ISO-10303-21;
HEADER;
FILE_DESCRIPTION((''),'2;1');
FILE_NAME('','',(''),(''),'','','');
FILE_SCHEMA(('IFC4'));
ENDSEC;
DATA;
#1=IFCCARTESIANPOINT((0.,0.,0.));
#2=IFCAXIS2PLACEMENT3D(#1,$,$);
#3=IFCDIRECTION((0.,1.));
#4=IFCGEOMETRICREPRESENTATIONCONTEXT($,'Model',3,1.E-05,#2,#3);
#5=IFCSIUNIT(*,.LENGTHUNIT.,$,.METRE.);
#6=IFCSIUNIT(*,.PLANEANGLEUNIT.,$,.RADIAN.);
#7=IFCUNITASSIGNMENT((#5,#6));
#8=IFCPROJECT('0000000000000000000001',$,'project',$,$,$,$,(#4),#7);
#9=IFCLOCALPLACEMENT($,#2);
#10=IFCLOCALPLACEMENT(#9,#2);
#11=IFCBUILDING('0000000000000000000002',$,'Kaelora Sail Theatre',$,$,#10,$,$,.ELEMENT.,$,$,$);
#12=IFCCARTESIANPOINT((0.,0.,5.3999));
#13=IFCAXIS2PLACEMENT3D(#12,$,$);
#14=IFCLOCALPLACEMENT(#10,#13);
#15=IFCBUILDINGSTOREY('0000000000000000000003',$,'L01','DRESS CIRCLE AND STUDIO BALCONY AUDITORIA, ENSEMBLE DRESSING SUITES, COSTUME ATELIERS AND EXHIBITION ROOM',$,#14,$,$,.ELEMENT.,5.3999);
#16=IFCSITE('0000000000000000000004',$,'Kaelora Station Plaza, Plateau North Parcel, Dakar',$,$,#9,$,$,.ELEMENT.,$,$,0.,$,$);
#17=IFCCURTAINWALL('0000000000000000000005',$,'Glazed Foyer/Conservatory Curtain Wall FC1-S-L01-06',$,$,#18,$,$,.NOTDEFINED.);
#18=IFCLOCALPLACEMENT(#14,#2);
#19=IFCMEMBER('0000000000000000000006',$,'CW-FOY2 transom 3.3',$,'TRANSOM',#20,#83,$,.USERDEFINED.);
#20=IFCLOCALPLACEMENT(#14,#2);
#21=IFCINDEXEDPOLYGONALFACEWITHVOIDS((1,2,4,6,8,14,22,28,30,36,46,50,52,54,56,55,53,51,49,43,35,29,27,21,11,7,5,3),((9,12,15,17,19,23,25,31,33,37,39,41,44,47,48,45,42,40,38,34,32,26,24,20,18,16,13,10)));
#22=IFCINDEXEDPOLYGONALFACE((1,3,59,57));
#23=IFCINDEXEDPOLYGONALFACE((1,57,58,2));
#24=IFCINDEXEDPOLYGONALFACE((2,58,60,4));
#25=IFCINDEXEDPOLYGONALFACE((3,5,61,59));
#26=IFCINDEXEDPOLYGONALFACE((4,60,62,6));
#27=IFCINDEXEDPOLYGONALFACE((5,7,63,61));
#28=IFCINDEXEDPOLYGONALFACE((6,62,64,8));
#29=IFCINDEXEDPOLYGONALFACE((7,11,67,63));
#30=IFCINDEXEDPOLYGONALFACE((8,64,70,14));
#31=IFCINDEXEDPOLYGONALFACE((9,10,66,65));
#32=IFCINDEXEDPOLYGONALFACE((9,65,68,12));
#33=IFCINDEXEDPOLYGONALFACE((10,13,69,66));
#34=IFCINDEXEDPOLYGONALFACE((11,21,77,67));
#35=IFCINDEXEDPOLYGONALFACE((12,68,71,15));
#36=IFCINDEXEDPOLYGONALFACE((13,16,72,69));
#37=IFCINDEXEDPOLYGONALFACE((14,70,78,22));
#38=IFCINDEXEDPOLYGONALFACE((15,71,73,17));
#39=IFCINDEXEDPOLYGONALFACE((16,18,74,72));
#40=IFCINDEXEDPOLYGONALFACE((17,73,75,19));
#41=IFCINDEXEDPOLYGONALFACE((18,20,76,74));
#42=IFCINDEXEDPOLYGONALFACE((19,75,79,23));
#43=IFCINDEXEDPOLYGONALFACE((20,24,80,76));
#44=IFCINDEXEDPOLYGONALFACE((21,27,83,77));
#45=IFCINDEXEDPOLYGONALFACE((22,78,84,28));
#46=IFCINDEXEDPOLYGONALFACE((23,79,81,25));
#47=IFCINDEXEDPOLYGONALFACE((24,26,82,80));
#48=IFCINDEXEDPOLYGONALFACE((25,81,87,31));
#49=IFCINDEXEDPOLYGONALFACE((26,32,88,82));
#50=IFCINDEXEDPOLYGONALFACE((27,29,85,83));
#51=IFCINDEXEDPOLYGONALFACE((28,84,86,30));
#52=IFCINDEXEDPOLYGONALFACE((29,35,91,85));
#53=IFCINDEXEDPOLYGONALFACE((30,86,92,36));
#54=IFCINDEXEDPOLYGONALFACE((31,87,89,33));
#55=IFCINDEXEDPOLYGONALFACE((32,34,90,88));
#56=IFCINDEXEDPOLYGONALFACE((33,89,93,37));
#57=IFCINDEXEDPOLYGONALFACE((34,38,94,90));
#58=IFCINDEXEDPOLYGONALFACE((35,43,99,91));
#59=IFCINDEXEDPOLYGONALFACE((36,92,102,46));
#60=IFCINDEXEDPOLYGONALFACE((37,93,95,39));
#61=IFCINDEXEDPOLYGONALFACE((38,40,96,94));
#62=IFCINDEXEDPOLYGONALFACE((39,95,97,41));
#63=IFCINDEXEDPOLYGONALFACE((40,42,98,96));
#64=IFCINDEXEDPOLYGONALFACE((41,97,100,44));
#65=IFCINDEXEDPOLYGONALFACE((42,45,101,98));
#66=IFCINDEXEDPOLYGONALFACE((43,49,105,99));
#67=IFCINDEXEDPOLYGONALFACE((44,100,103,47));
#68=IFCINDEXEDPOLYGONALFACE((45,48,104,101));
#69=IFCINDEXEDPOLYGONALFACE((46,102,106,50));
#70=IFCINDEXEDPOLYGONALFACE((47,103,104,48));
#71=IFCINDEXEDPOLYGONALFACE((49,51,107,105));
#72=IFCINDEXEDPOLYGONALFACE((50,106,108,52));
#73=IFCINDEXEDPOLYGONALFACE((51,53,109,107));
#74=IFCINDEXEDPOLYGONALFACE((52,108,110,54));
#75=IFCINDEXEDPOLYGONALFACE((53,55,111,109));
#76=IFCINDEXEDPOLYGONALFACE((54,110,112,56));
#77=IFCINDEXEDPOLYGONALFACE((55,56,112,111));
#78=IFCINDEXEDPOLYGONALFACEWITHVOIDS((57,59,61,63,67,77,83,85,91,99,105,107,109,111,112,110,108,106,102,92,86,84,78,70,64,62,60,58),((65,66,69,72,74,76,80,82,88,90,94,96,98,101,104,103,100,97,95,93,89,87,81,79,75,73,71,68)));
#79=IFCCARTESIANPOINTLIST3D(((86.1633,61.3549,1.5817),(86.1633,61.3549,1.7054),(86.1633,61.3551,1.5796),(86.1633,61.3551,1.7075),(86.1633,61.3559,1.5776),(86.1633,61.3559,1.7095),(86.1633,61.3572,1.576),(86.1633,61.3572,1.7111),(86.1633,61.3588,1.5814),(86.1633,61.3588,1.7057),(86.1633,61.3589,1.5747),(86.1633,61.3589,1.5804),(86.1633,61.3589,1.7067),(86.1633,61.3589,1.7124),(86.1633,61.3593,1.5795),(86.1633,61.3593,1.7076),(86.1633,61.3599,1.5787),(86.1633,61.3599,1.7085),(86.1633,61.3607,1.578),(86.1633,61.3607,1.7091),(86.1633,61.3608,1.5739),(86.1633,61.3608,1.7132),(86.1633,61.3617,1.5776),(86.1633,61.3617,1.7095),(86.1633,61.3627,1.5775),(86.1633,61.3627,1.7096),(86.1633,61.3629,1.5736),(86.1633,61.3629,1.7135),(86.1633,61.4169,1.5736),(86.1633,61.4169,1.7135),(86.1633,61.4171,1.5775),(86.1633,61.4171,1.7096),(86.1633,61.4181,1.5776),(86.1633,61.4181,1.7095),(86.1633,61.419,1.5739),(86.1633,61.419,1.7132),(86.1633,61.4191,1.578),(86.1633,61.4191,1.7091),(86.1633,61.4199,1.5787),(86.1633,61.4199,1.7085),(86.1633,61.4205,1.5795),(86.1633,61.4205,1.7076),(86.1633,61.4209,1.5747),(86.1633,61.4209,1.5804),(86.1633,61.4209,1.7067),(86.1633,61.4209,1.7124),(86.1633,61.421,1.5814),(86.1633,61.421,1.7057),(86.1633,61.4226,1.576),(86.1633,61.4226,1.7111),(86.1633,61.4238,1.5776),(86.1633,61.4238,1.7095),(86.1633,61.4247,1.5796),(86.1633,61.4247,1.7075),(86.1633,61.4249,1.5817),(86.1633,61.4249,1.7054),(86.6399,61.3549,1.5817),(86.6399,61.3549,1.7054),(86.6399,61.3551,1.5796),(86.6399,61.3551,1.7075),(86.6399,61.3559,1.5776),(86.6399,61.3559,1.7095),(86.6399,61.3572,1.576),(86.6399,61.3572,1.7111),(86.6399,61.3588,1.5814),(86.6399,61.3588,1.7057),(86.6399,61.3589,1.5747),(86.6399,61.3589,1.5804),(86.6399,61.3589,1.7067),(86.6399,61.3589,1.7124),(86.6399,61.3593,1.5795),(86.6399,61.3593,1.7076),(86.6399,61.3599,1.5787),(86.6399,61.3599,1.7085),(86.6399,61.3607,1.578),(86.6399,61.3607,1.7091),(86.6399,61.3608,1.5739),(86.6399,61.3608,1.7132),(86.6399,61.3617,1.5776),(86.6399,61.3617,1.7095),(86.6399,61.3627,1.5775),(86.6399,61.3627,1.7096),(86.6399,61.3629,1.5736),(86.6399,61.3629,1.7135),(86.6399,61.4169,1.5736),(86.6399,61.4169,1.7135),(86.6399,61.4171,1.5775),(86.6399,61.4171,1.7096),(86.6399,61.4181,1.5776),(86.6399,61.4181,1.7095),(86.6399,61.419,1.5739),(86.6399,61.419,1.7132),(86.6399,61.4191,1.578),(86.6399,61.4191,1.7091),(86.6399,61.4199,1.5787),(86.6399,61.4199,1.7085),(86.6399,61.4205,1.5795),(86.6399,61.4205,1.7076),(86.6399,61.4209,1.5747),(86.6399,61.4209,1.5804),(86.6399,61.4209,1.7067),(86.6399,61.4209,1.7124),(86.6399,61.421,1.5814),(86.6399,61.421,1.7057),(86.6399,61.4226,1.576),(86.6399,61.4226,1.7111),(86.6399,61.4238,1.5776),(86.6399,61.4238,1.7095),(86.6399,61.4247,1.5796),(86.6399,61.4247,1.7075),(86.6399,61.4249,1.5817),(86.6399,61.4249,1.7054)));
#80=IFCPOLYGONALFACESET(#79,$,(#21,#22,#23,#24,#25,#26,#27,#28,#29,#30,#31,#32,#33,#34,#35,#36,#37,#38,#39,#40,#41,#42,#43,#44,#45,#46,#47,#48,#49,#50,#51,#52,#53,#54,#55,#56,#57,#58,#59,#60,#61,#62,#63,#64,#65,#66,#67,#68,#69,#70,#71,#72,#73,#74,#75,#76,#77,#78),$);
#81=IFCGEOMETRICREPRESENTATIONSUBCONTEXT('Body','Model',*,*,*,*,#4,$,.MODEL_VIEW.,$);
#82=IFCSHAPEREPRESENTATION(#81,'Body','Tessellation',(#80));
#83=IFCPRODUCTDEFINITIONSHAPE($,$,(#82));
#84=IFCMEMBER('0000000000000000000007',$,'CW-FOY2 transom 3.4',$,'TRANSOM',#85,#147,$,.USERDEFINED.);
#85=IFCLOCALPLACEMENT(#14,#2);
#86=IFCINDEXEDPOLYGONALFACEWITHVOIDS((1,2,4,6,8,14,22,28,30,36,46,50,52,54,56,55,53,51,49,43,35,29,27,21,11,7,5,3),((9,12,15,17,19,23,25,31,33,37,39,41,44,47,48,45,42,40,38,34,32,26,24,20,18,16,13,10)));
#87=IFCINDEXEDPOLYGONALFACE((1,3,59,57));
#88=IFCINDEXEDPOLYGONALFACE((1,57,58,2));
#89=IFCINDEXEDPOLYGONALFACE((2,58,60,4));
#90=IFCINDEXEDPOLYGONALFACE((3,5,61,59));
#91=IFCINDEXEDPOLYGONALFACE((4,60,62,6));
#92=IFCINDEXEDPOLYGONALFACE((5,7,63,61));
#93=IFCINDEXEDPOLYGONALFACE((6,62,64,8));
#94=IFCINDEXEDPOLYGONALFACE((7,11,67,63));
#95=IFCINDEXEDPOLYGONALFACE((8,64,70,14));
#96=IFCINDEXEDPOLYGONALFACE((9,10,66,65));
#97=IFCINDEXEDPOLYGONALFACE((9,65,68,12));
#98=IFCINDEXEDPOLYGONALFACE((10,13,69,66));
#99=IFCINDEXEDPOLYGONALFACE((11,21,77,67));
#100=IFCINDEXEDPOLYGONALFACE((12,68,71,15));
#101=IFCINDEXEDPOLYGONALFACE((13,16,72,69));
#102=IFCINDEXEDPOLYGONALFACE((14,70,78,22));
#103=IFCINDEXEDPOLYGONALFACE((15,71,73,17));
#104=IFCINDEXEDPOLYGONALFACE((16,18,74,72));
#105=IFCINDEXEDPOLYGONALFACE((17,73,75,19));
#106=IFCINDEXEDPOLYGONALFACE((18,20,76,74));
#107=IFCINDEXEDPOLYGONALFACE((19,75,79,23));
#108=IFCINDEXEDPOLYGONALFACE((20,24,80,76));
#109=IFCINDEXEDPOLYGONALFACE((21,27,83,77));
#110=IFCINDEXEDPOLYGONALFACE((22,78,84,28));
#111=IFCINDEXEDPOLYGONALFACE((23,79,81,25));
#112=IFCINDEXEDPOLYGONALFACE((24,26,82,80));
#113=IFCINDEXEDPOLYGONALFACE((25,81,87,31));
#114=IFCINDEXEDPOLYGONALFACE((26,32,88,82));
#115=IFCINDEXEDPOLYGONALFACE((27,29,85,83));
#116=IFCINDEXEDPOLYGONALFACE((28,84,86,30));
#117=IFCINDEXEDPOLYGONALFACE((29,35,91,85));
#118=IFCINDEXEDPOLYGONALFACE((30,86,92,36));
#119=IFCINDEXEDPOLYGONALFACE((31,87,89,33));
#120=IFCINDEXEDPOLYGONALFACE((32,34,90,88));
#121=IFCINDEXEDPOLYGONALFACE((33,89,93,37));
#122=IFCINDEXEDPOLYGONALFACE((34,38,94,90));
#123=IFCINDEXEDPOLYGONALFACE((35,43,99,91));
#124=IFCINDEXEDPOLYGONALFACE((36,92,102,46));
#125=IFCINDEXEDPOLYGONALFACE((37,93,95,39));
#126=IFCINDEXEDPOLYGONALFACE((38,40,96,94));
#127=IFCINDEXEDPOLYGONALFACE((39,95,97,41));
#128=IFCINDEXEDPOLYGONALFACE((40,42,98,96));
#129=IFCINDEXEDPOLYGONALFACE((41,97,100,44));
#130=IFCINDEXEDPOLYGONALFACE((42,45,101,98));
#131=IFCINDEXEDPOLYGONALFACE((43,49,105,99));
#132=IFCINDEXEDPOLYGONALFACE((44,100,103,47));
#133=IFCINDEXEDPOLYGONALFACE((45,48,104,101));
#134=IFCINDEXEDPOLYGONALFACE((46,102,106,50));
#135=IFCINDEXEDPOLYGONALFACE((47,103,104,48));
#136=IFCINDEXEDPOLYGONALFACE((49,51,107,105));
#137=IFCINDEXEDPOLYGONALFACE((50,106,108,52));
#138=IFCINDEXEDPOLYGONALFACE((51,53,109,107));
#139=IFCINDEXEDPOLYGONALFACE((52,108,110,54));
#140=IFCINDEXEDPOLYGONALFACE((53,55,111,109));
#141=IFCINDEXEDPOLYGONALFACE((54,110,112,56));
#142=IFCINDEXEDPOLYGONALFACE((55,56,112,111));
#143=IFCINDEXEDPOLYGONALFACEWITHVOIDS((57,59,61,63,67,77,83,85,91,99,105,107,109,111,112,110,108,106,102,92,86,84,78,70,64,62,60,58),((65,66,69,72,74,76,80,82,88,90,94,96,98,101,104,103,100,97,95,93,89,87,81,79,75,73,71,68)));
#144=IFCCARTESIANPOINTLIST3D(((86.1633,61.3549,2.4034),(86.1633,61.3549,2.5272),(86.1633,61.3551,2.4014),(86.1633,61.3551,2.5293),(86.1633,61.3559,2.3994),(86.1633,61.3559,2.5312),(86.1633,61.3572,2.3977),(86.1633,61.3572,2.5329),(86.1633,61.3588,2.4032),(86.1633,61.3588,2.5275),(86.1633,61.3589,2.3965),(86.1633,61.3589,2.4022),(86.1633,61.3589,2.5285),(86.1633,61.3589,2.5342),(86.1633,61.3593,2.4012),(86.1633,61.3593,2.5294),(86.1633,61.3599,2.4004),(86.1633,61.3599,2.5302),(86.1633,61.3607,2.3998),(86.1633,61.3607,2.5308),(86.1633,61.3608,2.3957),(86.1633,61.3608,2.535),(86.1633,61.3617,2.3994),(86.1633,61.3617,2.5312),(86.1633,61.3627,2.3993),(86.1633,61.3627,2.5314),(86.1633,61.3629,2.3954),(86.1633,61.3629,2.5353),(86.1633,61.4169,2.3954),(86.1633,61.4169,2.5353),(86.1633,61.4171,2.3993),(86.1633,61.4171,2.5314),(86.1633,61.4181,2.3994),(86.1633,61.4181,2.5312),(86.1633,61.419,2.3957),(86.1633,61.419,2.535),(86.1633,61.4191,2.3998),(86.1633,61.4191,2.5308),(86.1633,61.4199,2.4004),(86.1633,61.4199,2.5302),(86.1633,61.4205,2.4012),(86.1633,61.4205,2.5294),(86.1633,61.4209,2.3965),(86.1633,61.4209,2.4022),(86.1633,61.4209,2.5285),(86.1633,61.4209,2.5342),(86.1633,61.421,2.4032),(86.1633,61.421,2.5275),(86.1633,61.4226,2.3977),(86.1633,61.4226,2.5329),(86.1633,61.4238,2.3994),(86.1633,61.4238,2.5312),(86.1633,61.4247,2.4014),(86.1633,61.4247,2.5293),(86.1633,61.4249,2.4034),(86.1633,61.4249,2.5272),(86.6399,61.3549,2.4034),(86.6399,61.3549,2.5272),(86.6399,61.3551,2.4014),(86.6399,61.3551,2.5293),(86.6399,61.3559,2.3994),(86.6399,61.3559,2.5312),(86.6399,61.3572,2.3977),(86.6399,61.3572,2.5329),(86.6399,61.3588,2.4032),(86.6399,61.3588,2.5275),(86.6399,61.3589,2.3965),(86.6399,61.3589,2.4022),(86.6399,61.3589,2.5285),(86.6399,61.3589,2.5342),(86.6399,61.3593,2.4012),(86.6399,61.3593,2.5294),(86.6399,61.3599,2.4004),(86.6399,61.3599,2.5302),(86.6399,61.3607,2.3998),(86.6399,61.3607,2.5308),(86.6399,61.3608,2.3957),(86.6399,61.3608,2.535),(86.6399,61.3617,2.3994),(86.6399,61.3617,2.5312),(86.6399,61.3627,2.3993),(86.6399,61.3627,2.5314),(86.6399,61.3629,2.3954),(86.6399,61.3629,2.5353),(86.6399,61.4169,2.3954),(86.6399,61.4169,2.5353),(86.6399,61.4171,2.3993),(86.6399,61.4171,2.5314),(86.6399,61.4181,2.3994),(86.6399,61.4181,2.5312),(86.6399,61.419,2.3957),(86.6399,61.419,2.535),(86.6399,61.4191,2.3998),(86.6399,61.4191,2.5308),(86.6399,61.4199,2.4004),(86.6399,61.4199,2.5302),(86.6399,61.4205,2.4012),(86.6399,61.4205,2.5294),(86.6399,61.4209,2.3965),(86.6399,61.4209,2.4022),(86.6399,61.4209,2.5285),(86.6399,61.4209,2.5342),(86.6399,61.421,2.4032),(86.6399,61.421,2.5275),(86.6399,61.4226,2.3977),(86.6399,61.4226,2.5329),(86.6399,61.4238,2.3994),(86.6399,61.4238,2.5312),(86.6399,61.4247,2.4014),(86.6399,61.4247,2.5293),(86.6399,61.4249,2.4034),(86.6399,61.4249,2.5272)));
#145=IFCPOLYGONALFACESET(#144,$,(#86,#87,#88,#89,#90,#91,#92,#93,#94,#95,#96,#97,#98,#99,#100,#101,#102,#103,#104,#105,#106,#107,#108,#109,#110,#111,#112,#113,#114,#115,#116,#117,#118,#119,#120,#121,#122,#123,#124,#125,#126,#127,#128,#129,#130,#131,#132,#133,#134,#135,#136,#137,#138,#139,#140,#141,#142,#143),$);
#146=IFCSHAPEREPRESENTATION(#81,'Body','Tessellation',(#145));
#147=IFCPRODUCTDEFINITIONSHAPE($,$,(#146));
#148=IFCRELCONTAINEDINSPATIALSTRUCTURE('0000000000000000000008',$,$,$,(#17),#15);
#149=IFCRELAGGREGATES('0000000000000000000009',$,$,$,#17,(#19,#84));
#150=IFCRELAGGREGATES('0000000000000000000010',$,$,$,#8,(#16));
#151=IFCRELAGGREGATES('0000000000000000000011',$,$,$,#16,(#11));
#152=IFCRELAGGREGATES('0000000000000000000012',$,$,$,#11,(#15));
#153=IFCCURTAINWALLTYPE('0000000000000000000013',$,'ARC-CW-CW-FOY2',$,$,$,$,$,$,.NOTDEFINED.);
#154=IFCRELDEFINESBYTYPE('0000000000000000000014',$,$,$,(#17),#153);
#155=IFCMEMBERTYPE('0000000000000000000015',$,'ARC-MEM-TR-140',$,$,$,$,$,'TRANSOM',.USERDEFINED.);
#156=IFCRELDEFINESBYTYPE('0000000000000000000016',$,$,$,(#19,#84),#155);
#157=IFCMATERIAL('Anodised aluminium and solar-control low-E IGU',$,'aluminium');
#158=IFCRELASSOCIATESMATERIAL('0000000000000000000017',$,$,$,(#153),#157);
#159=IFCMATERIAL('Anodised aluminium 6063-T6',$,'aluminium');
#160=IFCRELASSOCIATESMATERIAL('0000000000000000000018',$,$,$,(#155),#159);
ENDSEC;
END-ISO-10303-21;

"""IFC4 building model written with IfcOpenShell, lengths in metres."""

from ifc_helpers import new_model, si_unit, direction, frame, origin, origin_2d, place, context, subcontext, project, spatial, hollow_rectangle, extrude, material, material_profile, profile_set, type_object, element, aggregate, save


model = new_model("IFC4")

# Units and contexts
model_context = context("Model", 3, precision=1e-05, world=origin(), true_north=direction((0.0, 1.0)))
body_context = subcontext(model_context, "Body", "Model", "MODEL_VIEW")
ifc_project = project(units=[si_unit("LENGTHUNIT", "METRE"), si_unit("PLANEANGLEUNIT", "RADIAN")], contexts=[model_context])

# Site, building, storey
site_placement = place(None, origin())
site = spatial("IfcSite", under=ifc_project, at=site_placement, Name="Kaelora Station Plaza, Plateau North Parcel, Dakar", CompositionType="ELEMENT", RefElevation=0.0)
building_placement = place(site_placement, origin())
building = spatial("IfcBuilding", under=site, at=building_placement, Name="Kaelora Sail Theatre", CompositionType="ELEMENT")
storey_placement = place(building_placement, frame((0.0, 0.0, 5.3999)))
storey = spatial("IfcBuildingStorey", under=building, at=storey_placement, Name="L01", Description="DRESS CIRCLE AND STUDIO BALCONY AUDITORIA, ENSEMBLE DRESSING SUITES, COSTUME ATELIERS AND EXHIBITION ROOM", CompositionType="ELEMENT", Elevation=5.3999)

# Curtain wall, members
ifc_material_1 = material(Name="Anodised aluminium and solar-control low-E IGU", Category="aluminium")
curtain_wall_type = type_object("IfcCurtainWallType", Name="ARC-CW-CW-FOY2", PredefinedType="NOTDEFINED", material=ifc_material_1)
curtain_wall_1_placement = place(storey_placement, origin())
curtain_wall_1 = element("IfcCurtainWall", 1, at=curtain_wall_1_placement, inside=storey, type_object=curtain_wall_type, Name="Glazed Foyer/Conservatory Curtain Wall FC1-S-L01-06", PredefinedType="NOTDEFINED")
ifc_material_2 = material(Name="Anodised aluminium 6063-T6", Category="aluminium")
ifc_material_profile = material_profile(ifc_material_2, hollow_rectangle(XDim=0.0701, YDim=0.1399, WallThickness=0.0039, InnerFilletRadius=0.0039, OuterFilletRadius=0.0081, at=origin_2d()), Name="ALU-TRAN 70x140x4")
ifc_profile_set = profile_set([ifc_material_profile], Name="Anodised aluminium 6063-T6")
member_type = type_object("IfcMemberType", Name="ARC-MEM-TR-140", ElementType="TRANSOM", PredefinedType="USERDEFINED", material=ifc_profile_set)
member_1_placement = place(storey_placement, frame((86.1633, 61.3899, 1.6436), z_axis=(1.0, 0.0, 0.0), x_axis=(0.0, 1.0, 0.0)))
member_1 = element("IfcMember", 2, at=member_1_placement, type_object=member_type, Name="CW-FOY2 transom 3.3", ObjectType="TRANSOM", PredefinedType="USERDEFINED", context=body_context, shape_type="SweptSolid", body=[
    extrude(hollow_rectangle(XDim=0.0701, YDim=0.1399, WallThickness=0.0039, InnerFilletRadius=0.0039, OuterFilletRadius=0.0081, at=origin_2d()), origin(), (0.0, 0.0, 1.0), 0.4766),
])
member_2_placement = place(storey_placement, frame((86.1633, 61.3899, 2.4653), z_axis=(1.0, 0.0, 0.0), x_axis=(0.0, 1.0, 0.0)))
member_2 = element("IfcMember", 3, at=member_2_placement, type_object=member_type, Name="CW-FOY2 transom 3.4", ObjectType="TRANSOM", PredefinedType="USERDEFINED", context=body_context, shape_type="SweptSolid", body=[
    extrude(hollow_rectangle(XDim=0.0701, YDim=0.1399, WallThickness=0.0039, InnerFilletRadius=0.0039, OuterFilletRadius=0.0081, at=origin_2d()), origin(), (0.0, 0.0, 1.0), 0.4766),
])

aggregate(curtain_wall_1, [member_1, member_2])

save(model, "model.ifc")
